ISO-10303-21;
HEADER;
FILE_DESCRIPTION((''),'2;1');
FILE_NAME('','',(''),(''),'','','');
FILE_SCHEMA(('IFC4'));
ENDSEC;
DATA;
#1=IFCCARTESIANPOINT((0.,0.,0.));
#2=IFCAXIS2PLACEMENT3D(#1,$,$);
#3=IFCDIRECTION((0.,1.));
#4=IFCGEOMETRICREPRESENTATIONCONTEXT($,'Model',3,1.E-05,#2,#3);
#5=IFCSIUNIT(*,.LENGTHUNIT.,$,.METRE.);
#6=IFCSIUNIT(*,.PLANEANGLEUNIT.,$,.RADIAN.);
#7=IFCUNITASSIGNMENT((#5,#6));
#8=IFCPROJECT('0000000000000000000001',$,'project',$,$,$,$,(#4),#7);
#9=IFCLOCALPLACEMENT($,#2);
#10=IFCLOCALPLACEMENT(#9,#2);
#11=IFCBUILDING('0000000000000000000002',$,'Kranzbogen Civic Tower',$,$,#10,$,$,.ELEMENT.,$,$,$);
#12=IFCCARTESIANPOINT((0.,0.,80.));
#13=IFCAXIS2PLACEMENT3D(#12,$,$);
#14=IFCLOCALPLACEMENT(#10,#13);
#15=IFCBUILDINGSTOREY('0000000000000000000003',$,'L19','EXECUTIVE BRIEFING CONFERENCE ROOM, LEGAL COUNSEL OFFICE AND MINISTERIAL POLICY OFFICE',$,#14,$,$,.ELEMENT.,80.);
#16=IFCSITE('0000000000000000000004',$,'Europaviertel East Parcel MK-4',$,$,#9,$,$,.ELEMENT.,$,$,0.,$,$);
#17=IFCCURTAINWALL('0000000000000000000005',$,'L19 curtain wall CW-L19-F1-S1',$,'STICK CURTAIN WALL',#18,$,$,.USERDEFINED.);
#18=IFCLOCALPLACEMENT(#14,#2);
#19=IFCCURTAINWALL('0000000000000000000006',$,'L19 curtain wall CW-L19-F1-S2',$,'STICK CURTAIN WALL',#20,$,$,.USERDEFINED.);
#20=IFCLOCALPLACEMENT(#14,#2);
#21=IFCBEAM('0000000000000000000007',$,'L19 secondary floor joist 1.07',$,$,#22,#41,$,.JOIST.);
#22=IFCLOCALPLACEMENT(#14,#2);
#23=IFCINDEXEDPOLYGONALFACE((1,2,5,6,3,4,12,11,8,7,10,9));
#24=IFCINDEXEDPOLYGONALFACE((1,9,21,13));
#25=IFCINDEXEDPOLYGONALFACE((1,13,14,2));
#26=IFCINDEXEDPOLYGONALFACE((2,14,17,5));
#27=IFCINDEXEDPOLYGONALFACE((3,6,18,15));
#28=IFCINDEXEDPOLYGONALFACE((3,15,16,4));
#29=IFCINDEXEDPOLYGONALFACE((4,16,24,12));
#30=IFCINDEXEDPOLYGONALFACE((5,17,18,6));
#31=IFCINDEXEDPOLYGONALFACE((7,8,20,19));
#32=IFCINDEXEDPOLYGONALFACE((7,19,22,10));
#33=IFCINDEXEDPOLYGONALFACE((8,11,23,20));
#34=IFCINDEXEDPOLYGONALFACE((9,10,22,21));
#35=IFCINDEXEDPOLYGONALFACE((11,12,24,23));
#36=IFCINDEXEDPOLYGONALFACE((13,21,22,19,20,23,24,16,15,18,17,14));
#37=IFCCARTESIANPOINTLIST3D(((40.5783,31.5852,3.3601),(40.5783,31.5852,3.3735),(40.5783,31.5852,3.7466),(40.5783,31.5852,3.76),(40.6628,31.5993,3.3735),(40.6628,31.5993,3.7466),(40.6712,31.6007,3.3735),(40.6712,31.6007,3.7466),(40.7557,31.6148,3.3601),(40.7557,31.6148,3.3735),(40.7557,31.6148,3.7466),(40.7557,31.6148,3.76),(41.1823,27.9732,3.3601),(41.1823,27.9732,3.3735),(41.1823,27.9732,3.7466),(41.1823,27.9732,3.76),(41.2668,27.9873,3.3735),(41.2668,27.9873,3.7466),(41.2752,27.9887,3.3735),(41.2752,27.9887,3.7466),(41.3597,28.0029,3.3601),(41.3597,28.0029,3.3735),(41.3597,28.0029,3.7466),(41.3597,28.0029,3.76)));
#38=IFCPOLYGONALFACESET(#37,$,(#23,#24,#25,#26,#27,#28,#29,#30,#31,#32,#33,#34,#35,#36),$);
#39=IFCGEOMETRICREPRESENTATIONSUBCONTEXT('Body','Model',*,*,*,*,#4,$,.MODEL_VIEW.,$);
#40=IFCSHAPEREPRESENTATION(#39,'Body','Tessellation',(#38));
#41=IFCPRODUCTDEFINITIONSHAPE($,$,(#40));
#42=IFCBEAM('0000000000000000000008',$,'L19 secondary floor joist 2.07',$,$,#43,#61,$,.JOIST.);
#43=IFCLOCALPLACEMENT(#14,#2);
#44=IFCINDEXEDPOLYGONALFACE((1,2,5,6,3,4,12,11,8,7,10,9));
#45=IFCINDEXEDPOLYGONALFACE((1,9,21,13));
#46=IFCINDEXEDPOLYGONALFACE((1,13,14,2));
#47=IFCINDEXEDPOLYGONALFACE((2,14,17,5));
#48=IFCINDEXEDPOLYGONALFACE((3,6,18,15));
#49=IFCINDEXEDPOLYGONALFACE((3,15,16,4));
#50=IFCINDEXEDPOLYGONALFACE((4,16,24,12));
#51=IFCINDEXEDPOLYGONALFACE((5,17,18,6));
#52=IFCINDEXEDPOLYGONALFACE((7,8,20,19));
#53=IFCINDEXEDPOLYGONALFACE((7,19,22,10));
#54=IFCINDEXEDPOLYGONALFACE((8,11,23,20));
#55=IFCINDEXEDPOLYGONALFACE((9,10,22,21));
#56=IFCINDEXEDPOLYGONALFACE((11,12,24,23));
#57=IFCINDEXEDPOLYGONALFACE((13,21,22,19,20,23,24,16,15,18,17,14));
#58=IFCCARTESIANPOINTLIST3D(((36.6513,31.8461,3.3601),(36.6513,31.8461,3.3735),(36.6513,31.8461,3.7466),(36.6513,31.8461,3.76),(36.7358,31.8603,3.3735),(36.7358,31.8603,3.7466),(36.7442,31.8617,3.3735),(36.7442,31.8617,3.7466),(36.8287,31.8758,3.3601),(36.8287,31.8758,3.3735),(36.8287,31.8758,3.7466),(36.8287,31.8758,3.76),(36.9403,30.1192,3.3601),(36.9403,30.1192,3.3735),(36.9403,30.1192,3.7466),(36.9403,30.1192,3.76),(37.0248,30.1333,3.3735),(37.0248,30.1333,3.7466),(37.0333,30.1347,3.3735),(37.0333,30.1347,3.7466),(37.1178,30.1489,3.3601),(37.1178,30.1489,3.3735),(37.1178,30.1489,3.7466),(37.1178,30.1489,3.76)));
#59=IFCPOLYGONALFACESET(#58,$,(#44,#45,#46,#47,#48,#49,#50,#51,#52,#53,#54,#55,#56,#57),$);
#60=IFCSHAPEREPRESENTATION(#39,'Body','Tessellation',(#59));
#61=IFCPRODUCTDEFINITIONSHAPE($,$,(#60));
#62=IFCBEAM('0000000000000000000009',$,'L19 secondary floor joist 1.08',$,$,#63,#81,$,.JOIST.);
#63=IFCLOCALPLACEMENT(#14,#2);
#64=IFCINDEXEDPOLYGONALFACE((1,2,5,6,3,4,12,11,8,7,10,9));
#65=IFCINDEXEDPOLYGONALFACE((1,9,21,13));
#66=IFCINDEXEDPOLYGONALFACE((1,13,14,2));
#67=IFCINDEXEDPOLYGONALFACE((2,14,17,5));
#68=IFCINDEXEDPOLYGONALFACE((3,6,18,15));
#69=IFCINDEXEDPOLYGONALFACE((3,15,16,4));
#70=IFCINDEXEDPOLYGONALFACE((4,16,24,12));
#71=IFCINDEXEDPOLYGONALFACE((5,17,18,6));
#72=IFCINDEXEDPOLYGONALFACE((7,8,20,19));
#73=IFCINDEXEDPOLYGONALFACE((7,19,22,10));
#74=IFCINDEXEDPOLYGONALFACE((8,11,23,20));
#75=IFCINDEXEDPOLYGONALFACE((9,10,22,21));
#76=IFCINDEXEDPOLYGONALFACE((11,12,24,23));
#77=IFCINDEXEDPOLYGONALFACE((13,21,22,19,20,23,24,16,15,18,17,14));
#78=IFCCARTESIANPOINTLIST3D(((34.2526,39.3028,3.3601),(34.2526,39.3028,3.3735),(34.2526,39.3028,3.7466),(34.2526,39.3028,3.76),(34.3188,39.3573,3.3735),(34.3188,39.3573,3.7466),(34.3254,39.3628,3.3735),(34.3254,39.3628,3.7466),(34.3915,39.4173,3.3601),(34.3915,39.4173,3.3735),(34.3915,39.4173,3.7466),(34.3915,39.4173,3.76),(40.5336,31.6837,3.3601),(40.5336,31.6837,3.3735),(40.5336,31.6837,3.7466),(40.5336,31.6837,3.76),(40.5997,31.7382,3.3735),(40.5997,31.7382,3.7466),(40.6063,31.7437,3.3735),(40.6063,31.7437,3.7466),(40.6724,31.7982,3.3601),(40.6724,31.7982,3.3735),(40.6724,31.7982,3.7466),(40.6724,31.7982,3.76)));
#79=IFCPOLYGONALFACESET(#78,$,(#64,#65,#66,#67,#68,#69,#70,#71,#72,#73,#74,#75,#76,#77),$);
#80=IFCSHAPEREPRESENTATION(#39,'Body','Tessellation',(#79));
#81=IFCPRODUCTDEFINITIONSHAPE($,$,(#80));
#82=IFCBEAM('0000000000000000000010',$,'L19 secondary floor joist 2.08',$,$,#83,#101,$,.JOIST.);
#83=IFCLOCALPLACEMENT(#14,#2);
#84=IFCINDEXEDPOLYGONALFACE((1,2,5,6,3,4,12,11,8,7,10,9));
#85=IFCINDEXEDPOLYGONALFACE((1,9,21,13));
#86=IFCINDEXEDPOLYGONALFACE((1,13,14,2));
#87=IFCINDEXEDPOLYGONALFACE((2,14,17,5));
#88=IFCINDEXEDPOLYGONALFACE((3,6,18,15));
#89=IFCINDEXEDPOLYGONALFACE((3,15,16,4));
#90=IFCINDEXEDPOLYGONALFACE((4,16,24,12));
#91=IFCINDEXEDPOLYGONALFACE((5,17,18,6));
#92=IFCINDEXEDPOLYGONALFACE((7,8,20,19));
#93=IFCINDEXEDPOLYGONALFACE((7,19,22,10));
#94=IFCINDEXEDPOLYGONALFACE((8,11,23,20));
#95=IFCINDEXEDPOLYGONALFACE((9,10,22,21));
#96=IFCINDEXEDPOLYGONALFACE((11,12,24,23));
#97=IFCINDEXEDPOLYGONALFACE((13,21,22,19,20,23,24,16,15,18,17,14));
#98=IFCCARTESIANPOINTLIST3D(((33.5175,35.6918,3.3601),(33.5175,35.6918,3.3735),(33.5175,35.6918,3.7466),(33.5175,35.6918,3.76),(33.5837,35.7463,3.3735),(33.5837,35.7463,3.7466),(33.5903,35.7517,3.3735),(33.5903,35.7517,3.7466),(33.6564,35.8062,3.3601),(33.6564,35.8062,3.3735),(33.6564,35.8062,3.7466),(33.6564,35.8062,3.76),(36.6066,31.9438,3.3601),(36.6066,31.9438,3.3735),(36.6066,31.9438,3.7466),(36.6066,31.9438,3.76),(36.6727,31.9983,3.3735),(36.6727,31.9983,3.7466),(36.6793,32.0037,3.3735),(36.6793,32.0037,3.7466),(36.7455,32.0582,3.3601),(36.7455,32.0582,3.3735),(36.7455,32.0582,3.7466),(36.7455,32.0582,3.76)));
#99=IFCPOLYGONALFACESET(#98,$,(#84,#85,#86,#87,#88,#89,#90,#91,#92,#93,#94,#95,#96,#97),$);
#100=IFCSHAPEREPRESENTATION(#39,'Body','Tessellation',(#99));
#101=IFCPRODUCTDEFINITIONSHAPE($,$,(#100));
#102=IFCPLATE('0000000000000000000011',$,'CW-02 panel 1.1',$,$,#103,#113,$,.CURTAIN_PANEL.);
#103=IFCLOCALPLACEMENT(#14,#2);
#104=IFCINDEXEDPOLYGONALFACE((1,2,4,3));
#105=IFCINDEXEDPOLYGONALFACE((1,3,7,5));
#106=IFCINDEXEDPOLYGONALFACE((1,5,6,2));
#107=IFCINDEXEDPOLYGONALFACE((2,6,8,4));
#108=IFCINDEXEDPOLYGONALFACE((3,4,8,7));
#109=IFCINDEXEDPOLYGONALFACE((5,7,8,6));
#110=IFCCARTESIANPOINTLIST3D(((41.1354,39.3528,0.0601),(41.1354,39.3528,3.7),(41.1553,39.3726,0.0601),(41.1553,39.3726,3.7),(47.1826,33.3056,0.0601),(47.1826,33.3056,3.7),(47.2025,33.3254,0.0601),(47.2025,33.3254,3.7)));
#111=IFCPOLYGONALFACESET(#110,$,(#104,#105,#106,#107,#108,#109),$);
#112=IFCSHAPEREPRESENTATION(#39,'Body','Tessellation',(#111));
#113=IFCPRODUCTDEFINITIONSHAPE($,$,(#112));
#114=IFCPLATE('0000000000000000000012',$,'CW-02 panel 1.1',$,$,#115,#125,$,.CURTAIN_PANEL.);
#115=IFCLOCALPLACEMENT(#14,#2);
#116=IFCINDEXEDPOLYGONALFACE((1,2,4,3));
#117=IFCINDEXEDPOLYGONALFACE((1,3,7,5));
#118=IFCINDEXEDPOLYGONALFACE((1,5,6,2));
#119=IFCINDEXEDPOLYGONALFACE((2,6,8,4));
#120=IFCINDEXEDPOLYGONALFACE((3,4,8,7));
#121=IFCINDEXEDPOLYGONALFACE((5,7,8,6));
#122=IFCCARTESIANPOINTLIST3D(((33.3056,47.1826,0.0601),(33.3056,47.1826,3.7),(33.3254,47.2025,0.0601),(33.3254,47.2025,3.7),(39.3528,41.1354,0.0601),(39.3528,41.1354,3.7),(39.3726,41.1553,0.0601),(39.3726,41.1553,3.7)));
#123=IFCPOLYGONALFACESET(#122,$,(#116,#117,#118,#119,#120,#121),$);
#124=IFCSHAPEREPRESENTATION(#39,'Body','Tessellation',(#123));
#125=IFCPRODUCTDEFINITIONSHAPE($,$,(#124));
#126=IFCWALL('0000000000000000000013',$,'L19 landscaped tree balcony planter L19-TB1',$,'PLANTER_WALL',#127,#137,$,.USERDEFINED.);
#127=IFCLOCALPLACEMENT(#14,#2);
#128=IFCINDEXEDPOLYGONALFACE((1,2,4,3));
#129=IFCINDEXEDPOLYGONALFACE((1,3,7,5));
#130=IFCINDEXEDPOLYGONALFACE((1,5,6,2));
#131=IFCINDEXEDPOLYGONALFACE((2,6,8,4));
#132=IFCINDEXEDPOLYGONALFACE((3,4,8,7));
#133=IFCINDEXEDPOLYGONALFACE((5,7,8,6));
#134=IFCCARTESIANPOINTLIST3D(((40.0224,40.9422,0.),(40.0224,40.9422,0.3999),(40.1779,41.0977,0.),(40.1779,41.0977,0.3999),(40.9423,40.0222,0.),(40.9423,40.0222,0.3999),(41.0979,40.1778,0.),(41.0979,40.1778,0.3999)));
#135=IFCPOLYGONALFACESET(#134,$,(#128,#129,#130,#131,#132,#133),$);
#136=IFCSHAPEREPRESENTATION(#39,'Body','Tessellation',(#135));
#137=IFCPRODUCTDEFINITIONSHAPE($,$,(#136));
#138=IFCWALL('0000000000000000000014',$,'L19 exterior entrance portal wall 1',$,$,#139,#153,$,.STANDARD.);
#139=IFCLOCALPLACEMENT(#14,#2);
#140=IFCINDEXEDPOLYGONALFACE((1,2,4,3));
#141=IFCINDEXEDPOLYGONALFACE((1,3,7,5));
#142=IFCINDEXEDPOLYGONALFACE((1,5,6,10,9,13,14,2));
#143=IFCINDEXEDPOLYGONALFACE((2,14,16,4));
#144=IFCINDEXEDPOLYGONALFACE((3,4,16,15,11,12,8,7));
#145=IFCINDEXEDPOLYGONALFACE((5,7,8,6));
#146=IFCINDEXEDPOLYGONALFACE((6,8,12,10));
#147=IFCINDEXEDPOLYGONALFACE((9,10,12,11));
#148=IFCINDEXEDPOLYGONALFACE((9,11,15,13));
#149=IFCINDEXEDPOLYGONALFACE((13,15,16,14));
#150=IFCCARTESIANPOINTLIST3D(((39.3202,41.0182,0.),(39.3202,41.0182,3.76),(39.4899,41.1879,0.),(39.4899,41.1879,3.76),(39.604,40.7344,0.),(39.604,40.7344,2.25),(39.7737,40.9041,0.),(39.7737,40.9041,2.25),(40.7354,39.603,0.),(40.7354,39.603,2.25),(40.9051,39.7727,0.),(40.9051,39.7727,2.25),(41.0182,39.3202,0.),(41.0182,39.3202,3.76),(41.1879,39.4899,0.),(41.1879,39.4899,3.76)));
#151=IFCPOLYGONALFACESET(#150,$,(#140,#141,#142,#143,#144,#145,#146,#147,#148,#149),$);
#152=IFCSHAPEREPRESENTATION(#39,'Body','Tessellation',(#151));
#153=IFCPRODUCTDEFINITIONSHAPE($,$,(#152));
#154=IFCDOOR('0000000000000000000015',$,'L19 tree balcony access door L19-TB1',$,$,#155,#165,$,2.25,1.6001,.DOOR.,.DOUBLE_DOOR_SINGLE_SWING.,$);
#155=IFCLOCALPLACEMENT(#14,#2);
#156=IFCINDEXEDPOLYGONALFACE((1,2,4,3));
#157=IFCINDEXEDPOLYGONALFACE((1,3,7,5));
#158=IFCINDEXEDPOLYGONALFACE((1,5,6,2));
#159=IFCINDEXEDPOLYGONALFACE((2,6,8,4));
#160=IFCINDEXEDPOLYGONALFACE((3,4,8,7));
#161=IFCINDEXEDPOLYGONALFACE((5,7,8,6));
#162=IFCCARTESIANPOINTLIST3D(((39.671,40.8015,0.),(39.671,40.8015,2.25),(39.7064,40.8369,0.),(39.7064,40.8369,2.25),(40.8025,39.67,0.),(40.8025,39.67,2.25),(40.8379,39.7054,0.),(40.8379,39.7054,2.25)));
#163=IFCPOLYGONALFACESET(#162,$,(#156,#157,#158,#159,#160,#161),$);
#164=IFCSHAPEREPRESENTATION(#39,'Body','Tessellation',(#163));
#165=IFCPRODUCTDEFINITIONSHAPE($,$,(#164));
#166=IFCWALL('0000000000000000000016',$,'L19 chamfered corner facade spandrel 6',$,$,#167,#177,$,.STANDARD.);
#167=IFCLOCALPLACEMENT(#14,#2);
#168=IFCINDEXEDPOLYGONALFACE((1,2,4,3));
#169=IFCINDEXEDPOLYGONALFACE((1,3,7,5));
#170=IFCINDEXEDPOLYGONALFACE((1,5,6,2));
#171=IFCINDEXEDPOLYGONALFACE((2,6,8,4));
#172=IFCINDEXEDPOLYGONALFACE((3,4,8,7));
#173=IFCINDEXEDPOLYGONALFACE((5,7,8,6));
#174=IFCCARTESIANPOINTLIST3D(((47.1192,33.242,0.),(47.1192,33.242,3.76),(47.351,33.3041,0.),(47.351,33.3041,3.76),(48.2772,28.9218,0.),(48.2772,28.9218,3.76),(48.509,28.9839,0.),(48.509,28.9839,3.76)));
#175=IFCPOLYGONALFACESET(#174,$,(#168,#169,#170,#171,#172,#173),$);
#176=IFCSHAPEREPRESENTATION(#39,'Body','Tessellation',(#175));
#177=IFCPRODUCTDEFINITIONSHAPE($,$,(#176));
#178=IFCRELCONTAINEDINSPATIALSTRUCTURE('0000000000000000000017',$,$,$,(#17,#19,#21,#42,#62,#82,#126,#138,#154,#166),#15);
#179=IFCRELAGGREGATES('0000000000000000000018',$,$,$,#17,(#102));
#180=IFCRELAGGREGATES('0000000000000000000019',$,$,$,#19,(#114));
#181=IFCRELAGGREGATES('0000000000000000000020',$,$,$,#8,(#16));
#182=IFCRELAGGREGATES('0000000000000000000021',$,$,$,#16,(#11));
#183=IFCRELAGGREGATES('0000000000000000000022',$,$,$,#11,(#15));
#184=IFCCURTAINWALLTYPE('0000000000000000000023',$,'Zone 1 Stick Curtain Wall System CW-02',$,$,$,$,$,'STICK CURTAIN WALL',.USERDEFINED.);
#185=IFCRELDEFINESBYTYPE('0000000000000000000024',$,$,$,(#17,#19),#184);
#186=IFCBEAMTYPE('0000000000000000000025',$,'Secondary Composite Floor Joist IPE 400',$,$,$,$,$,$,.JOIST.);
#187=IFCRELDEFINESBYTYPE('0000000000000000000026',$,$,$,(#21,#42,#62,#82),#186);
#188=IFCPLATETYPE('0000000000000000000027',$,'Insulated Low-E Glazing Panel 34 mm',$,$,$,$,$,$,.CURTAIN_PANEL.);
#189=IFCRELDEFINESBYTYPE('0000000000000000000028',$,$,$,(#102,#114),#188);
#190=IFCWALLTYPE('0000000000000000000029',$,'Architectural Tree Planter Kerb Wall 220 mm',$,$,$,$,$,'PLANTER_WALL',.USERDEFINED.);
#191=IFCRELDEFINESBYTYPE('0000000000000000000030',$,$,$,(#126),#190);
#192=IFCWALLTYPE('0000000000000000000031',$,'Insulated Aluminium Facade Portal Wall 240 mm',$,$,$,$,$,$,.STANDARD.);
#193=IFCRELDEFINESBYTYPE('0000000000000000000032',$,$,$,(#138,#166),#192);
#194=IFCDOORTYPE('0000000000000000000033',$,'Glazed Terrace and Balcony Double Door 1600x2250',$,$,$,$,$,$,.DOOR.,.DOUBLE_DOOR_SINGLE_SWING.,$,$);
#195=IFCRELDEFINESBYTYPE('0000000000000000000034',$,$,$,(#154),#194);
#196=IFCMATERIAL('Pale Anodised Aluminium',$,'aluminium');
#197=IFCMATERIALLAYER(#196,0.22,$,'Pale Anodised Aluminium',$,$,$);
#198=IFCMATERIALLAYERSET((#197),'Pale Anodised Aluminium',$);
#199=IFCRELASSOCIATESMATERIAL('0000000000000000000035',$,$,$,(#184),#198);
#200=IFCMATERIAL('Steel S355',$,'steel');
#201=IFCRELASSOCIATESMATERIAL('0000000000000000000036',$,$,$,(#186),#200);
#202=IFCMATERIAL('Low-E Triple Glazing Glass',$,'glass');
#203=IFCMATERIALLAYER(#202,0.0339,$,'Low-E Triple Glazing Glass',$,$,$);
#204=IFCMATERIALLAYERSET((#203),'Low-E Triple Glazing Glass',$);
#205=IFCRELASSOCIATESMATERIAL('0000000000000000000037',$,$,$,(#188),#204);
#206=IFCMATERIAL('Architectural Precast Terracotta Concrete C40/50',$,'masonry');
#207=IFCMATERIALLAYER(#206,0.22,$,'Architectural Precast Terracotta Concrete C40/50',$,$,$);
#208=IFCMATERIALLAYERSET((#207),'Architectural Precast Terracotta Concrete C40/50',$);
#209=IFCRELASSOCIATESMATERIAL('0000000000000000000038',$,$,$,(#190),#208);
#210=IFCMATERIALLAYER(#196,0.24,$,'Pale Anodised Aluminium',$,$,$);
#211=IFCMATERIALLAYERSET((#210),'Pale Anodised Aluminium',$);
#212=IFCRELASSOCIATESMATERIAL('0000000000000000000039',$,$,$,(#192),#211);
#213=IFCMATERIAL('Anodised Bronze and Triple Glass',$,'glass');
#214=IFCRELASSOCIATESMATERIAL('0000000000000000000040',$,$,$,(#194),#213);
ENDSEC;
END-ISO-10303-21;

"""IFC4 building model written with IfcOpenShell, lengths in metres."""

from ifc_helpers import new_model, si_unit, direction, frame, frame_2d, origin, origin_2d, place, context, subcontext, project, spatial, rectangle, i_section, extrude, material, layer, layer_set, material_profile, profile_set, type_object, element, fill, aggregate, save


model = new_model("IFC4")

# Units and contexts
model_context = context("Model", 3, precision=1e-05, world=origin(), true_north=direction((0.0, 1.0)))
body_context = subcontext(model_context, "Body", "Model", "MODEL_VIEW")
ifc_project = project(units=[si_unit("LENGTHUNIT", "METRE"), si_unit("PLANEANGLEUNIT", "RADIAN")], contexts=[model_context])

# Site, building, storey
site_placement = place(None, origin())
site = spatial("IfcSite", under=ifc_project, at=site_placement, Name="Europaviertel East Parcel MK-4", CompositionType="ELEMENT", RefElevation=0.0)
building_placement = place(site_placement, origin())
building = spatial("IfcBuilding", under=site, at=building_placement, Name="Kranzbogen Civic Tower", CompositionType="ELEMENT")
storey_placement = place(building_placement, frame((0.0, 0.0, 80.0)))
storey = spatial("IfcBuildingStorey", under=building, at=storey_placement, Name="L19", Description="EXECUTIVE BRIEFING CONFERENCE ROOM, LEGAL COUNSEL OFFICE AND MINISTERIAL POLICY OFFICE", CompositionType="ELEMENT", Elevation=80.0)

# Shared definitions
ifc_material_1 = material(Name="Steel S355", Category="steel")

# Curtain wall
ifc_material_2 = material(Name="Pale Anodised Aluminium", Category="aluminium")
ifc_layer_1 = layer(ifc_material_2, 0.22, Name="Pale Anodised Aluminium")
ifc_layer_set_1 = layer_set([ifc_layer_1], Name="Pale Anodised Aluminium")
curtain_wall_type = type_object("IfcCurtainWallType", Name="Zone 1 Stick Curtain Wall System CW-02", ElementType="STICK CURTAIN WALL", PredefinedType="USERDEFINED", material=ifc_layer_set_1)
curtain_wall_1_placement = place(storey_placement, origin())
curtain_wall_1 = element("IfcCurtainWall", 1, at=curtain_wall_1_placement, inside=storey, type_object=curtain_wall_type, Name="L19 curtain wall CW-L19-F1-S1", ObjectType="STICK CURTAIN WALL", PredefinedType="USERDEFINED")

# Curtain wall
curtain_wall_2_placement = place(storey_placement, origin())
curtain_wall_2 = element("IfcCurtainWall", 2, at=curtain_wall_2_placement, inside=storey, type_object=curtain_wall_type, Name="L19 curtain wall CW-L19-F1-S2", ObjectType="STICK CURTAIN WALL", PredefinedType="USERDEFINED")

# Beams
ifc_material_profile_1 = material_profile(ifc_material_1, i_section(OverallWidth=0.1799, OverallDepth=0.3999, WebThickness=0.0085, FlangeThickness=0.0134, at=origin_2d()), Name="IPE 400")
ifc_profile_set_1 = profile_set([ifc_material_profile_1], Name="Steel S355")
beam_type_1 = type_object("IfcBeamType", Name="Secondary Composite Floor Joist IPE 400", PredefinedType="JOIST", material=ifc_profile_set_1)
beam_1_placement = place(storey_placement, frame((41.271, 27.988, 3.5601), z_axis=(-0.164929, 0.986305, 0.0), x_axis=(-0.986305, -0.164929, 0.0)))
element("IfcBeam", 3, at=beam_1_placement, inside=storey, type_object=beam_type_1, Name="L19 secondary floor joist 1.07", PredefinedType="JOIST", context=body_context, shape_type="SweptSolid", body=[
    extrude(i_section(OverallWidth=0.1799, OverallDepth=0.3999, WebThickness=0.0085, FlangeThickness=0.0134, at=origin_2d()), origin(), (0.0, 0.0, 1.0), 3.6621),
])
beam_2_placement = place(storey_placement, frame((37.0291, 30.134, 3.5601), z_axis=(-0.165077, 0.986281, 0.0), x_axis=(-0.986281, -0.165077, 0.0)))
element("IfcBeam", 4, at=beam_2_placement, inside=storey, type_object=beam_type_1, Name="L19 secondary floor joist 2.07", PredefinedType="JOIST", context=body_context, shape_type="SweptSolid", body=[
    extrude(i_section(OverallWidth=0.1799, OverallDepth=0.3999, WebThickness=0.0085, FlangeThickness=0.0134, at=origin_2d()), origin(), (0.0, 0.0, 1.0), 1.751),
])
beam_3_placement = place(storey_placement, frame((40.603, 31.741, 3.5601), z_axis=(-0.636095, 0.771611, 0.0), x_axis=(-0.771611, -0.636095, 0.0)))
element("IfcBeam", 5, at=beam_3_placement, inside=storey, type_object=beam_type_1, Name="L19 secondary floor joist 1.08", PredefinedType="JOIST", context=body_context, shape_type="SweptSolid", body=[
    extrude(i_section(OverallWidth=0.1799, OverallDepth=0.3999, WebThickness=0.0085, FlangeThickness=0.0134, at=origin_2d()), origin(), (0.0, 0.0, 1.0), 9.8743),
])
beam_4_placement = place(storey_placement, frame((36.676, 32.001, 3.5601), z_axis=(-0.636012, 0.771679, 0.0), x_axis=(-0.771679, -0.636012, 0.0)))
element("IfcBeam", 6, at=beam_4_placement, inside=storey, type_object=beam_type_1, Name="L19 secondary floor joist 2.08", PredefinedType="JOIST", context=body_context, shape_type="SweptSolid", body=[
    extrude(i_section(OverallWidth=0.1799, OverallDepth=0.3999, WebThickness=0.0085, FlangeThickness=0.0134, at=origin_2d()), origin(), (0.0, 0.0, 1.0), 4.8569),
])

# Plates
ifc_material_3 = material(Name="Low-E Triple Glazing Glass", Category="glass")
ifc_layer_2 = layer(ifc_material_3, 0.0339, Name="Low-E Triple Glazing Glass")
ifc_layer_set_2 = layer_set([ifc_layer_2], Name="Low-E Triple Glazing Glass")
plate_type = type_object("IfcPlateType", Name="Insulated Low-E Glazing Panel 34 mm", PredefinedType="CURTAIN_PANEL", material=ifc_layer_set_2)
plate_1_placement = place(storey_placement, frame((44.1689, 36.3391, 0.0601), z_axis=(0.0, 0.0, 1.0), x_axis=(-0.707107, 0.707107, 0.0)))
plate_1 = element("IfcPlate", 7, at=plate_1_placement, type_object=plate_type, Name="CW-02 panel 1.1", PredefinedType="CURTAIN_PANEL", context=body_context, shape_type="SweptSolid", body=[
    extrude(rectangle(XDim=8.552, YDim=0.0281, at=origin_2d()), origin(), (0.0, 0.0, 1.0), 3.6399),
])
aggregate(curtain_wall_1, [plate_1])
plate_2_placement = place(storey_placement, frame((36.3391, 44.1689, 0.0601), z_axis=(0.0, 0.0, 1.0), x_axis=(-0.707107, 0.707107, 0.0)))
plate_2 = element("IfcPlate", 8, at=plate_2_placement, type_object=plate_type, Name="CW-02 panel 1.1", PredefinedType="CURTAIN_PANEL", context=body_context, shape_type="SweptSolid", body=[
    extrude(rectangle(XDim=8.552, YDim=0.0281, at=origin_2d()), origin(), (0.0, 0.0, 1.0), 3.6399),
])
aggregate(curtain_wall_2, [plate_2])

# Wall
ifc_material_4 = material(Name="Architectural Precast Terracotta Concrete C40/50", Category="masonry")
ifc_layer_3 = layer(ifc_material_4, 0.22, Name="Architectural Precast Terracotta Concrete C40/50")
ifc_layer_set_3 = layer_set([ifc_layer_3], Name="Architectural Precast Terracotta Concrete C40/50")
wall_type_1 = type_object("IfcWallType", Name="Architectural Tree Planter Kerb Wall 220 mm", ElementType="PLANTER_WALL", PredefinedType="USERDEFINED", material=ifc_layer_set_3)
wall_1_placement = place(storey_placement, frame((41.02, 40.1001, 0.0), z_axis=(0.0, 0.0, 1.0), x_axis=(-0.707107, 0.707107, 0.0)))
element("IfcWall", 9, at=wall_1_placement, inside=storey, type_object=wall_type_1, Name="L19 landscaped tree balcony planter L19-TB1", ObjectType="PLANTER_WALL", PredefinedType="USERDEFINED", context=body_context, shape_type="SweptSolid", body=[
    extrude(rectangle(XDim=1.301, YDim=0.22, at=frame_2d((0.6504, 0.0))), origin(), (0.0, 0.0, 1.0), 0.3999),
])

# Wall, opening, door
ifc_layer_4 = layer(ifc_material_2, 0.24, Name="Pale Anodised Aluminium")
ifc_layer_set_4 = layer_set([ifc_layer_4], Name="Pale Anodised Aluminium")
wall_type_2 = type_object("IfcWallType", Name="Insulated Aluminium Facade Portal Wall 240 mm", PredefinedType="STANDARD", material=ifc_layer_set_4)
wall_2_placement = place(storey_placement, frame((41.103, 39.405, 0.0), z_axis=(0.0, 0.0, 1.0), x_axis=(-0.707107, 0.707107, 0.0)))
wall_2 = element("IfcWall", 10, at=wall_2_placement, inside=storey, type_object=wall_type_2, Name="L19 exterior entrance portal wall 1", PredefinedType="STANDARD", context=body_context, shape_type="SweptSolid", body=[
    extrude(rectangle(XDim=2.4014, YDim=0.24, at=frame_2d((1.2007, 0.0))), origin(), (0.0, 0.0, 1.0), 3.76),
])
opening_placement = place(wall_2_placement, frame((0.3999, 0.0, 0.0)))
opening = element("IfcOpeningElement", 11, at=opening_placement, cuts=wall_2, PredefinedType="OPENING", context=body_context, shape_type="SweptSolid", body=[
    extrude(rectangle(XDim=1.6001, YDim=2.25, at=frame_2d((0.8, 1.125))), frame((0.0, 0.1299, 0.0), z_axis=(0.0, -1.0, 0.0), x_axis=(1.0, 0.0, 0.0)), (0.0, 0.0, 1.0), 0.26),
])
ifc_material_5 = material(Name="Anodised Bronze and Triple Glass", Category="glass")
door_type = type_object("IfcDoorType", Name="Glazed Terrace and Balcony Double Door 1600x2250", OperationType="DOUBLE_DOOR_SINGLE_SWING", PredefinedType="DOOR", material=ifc_material_5)
door_placement = place(opening_placement, frame((1.6001, 0.0, 0.0), z_axis=(0.0, 0.0, 1.0), x_axis=(-1.0, 0.0, 0.0)))
door = element("IfcDoor", 12, at=door_placement, inside=storey, type_object=door_type, Name="L19 tree balcony access door L19-TB1", OperationType="DOUBLE_DOOR_SINGLE_SWING", OverallHeight=2.25, OverallWidth=1.6001, PredefinedType="DOOR", context=body_context, shape_type="SweptSolid", body=[
    extrude(rectangle(XDim=1.6001, YDim=2.25, at=frame_2d((0.8, 1.125))), frame((0.0, 0.0249, 0.0), z_axis=(0.0, -1.0, 0.0), x_axis=(1.0, 0.0, 0.0)), (0.0, 0.0, 1.0), 0.05),
])
fill(opening, door)

# Wall
wall_3_placement = place(storey_placement, frame((48.3931, 28.9529, 0.0), z_axis=(0.0, 0.0, 1.0), x_axis=(-0.258903, 0.965903, 0.0)))
element("IfcWall", 13, at=wall_3_placement, inside=storey, type_object=wall_type_2, Name="L19 chamfered corner facade spandrel 6", PredefinedType="STANDARD", context=body_context, shape_type="SweptSolid", body=[
    extrude(rectangle(XDim=4.4727, YDim=0.24, at=frame_2d((2.2363, 0.0))), origin(), (0.0, 0.0, 1.0), 3.76),
])

save(model, "model.ifc")
